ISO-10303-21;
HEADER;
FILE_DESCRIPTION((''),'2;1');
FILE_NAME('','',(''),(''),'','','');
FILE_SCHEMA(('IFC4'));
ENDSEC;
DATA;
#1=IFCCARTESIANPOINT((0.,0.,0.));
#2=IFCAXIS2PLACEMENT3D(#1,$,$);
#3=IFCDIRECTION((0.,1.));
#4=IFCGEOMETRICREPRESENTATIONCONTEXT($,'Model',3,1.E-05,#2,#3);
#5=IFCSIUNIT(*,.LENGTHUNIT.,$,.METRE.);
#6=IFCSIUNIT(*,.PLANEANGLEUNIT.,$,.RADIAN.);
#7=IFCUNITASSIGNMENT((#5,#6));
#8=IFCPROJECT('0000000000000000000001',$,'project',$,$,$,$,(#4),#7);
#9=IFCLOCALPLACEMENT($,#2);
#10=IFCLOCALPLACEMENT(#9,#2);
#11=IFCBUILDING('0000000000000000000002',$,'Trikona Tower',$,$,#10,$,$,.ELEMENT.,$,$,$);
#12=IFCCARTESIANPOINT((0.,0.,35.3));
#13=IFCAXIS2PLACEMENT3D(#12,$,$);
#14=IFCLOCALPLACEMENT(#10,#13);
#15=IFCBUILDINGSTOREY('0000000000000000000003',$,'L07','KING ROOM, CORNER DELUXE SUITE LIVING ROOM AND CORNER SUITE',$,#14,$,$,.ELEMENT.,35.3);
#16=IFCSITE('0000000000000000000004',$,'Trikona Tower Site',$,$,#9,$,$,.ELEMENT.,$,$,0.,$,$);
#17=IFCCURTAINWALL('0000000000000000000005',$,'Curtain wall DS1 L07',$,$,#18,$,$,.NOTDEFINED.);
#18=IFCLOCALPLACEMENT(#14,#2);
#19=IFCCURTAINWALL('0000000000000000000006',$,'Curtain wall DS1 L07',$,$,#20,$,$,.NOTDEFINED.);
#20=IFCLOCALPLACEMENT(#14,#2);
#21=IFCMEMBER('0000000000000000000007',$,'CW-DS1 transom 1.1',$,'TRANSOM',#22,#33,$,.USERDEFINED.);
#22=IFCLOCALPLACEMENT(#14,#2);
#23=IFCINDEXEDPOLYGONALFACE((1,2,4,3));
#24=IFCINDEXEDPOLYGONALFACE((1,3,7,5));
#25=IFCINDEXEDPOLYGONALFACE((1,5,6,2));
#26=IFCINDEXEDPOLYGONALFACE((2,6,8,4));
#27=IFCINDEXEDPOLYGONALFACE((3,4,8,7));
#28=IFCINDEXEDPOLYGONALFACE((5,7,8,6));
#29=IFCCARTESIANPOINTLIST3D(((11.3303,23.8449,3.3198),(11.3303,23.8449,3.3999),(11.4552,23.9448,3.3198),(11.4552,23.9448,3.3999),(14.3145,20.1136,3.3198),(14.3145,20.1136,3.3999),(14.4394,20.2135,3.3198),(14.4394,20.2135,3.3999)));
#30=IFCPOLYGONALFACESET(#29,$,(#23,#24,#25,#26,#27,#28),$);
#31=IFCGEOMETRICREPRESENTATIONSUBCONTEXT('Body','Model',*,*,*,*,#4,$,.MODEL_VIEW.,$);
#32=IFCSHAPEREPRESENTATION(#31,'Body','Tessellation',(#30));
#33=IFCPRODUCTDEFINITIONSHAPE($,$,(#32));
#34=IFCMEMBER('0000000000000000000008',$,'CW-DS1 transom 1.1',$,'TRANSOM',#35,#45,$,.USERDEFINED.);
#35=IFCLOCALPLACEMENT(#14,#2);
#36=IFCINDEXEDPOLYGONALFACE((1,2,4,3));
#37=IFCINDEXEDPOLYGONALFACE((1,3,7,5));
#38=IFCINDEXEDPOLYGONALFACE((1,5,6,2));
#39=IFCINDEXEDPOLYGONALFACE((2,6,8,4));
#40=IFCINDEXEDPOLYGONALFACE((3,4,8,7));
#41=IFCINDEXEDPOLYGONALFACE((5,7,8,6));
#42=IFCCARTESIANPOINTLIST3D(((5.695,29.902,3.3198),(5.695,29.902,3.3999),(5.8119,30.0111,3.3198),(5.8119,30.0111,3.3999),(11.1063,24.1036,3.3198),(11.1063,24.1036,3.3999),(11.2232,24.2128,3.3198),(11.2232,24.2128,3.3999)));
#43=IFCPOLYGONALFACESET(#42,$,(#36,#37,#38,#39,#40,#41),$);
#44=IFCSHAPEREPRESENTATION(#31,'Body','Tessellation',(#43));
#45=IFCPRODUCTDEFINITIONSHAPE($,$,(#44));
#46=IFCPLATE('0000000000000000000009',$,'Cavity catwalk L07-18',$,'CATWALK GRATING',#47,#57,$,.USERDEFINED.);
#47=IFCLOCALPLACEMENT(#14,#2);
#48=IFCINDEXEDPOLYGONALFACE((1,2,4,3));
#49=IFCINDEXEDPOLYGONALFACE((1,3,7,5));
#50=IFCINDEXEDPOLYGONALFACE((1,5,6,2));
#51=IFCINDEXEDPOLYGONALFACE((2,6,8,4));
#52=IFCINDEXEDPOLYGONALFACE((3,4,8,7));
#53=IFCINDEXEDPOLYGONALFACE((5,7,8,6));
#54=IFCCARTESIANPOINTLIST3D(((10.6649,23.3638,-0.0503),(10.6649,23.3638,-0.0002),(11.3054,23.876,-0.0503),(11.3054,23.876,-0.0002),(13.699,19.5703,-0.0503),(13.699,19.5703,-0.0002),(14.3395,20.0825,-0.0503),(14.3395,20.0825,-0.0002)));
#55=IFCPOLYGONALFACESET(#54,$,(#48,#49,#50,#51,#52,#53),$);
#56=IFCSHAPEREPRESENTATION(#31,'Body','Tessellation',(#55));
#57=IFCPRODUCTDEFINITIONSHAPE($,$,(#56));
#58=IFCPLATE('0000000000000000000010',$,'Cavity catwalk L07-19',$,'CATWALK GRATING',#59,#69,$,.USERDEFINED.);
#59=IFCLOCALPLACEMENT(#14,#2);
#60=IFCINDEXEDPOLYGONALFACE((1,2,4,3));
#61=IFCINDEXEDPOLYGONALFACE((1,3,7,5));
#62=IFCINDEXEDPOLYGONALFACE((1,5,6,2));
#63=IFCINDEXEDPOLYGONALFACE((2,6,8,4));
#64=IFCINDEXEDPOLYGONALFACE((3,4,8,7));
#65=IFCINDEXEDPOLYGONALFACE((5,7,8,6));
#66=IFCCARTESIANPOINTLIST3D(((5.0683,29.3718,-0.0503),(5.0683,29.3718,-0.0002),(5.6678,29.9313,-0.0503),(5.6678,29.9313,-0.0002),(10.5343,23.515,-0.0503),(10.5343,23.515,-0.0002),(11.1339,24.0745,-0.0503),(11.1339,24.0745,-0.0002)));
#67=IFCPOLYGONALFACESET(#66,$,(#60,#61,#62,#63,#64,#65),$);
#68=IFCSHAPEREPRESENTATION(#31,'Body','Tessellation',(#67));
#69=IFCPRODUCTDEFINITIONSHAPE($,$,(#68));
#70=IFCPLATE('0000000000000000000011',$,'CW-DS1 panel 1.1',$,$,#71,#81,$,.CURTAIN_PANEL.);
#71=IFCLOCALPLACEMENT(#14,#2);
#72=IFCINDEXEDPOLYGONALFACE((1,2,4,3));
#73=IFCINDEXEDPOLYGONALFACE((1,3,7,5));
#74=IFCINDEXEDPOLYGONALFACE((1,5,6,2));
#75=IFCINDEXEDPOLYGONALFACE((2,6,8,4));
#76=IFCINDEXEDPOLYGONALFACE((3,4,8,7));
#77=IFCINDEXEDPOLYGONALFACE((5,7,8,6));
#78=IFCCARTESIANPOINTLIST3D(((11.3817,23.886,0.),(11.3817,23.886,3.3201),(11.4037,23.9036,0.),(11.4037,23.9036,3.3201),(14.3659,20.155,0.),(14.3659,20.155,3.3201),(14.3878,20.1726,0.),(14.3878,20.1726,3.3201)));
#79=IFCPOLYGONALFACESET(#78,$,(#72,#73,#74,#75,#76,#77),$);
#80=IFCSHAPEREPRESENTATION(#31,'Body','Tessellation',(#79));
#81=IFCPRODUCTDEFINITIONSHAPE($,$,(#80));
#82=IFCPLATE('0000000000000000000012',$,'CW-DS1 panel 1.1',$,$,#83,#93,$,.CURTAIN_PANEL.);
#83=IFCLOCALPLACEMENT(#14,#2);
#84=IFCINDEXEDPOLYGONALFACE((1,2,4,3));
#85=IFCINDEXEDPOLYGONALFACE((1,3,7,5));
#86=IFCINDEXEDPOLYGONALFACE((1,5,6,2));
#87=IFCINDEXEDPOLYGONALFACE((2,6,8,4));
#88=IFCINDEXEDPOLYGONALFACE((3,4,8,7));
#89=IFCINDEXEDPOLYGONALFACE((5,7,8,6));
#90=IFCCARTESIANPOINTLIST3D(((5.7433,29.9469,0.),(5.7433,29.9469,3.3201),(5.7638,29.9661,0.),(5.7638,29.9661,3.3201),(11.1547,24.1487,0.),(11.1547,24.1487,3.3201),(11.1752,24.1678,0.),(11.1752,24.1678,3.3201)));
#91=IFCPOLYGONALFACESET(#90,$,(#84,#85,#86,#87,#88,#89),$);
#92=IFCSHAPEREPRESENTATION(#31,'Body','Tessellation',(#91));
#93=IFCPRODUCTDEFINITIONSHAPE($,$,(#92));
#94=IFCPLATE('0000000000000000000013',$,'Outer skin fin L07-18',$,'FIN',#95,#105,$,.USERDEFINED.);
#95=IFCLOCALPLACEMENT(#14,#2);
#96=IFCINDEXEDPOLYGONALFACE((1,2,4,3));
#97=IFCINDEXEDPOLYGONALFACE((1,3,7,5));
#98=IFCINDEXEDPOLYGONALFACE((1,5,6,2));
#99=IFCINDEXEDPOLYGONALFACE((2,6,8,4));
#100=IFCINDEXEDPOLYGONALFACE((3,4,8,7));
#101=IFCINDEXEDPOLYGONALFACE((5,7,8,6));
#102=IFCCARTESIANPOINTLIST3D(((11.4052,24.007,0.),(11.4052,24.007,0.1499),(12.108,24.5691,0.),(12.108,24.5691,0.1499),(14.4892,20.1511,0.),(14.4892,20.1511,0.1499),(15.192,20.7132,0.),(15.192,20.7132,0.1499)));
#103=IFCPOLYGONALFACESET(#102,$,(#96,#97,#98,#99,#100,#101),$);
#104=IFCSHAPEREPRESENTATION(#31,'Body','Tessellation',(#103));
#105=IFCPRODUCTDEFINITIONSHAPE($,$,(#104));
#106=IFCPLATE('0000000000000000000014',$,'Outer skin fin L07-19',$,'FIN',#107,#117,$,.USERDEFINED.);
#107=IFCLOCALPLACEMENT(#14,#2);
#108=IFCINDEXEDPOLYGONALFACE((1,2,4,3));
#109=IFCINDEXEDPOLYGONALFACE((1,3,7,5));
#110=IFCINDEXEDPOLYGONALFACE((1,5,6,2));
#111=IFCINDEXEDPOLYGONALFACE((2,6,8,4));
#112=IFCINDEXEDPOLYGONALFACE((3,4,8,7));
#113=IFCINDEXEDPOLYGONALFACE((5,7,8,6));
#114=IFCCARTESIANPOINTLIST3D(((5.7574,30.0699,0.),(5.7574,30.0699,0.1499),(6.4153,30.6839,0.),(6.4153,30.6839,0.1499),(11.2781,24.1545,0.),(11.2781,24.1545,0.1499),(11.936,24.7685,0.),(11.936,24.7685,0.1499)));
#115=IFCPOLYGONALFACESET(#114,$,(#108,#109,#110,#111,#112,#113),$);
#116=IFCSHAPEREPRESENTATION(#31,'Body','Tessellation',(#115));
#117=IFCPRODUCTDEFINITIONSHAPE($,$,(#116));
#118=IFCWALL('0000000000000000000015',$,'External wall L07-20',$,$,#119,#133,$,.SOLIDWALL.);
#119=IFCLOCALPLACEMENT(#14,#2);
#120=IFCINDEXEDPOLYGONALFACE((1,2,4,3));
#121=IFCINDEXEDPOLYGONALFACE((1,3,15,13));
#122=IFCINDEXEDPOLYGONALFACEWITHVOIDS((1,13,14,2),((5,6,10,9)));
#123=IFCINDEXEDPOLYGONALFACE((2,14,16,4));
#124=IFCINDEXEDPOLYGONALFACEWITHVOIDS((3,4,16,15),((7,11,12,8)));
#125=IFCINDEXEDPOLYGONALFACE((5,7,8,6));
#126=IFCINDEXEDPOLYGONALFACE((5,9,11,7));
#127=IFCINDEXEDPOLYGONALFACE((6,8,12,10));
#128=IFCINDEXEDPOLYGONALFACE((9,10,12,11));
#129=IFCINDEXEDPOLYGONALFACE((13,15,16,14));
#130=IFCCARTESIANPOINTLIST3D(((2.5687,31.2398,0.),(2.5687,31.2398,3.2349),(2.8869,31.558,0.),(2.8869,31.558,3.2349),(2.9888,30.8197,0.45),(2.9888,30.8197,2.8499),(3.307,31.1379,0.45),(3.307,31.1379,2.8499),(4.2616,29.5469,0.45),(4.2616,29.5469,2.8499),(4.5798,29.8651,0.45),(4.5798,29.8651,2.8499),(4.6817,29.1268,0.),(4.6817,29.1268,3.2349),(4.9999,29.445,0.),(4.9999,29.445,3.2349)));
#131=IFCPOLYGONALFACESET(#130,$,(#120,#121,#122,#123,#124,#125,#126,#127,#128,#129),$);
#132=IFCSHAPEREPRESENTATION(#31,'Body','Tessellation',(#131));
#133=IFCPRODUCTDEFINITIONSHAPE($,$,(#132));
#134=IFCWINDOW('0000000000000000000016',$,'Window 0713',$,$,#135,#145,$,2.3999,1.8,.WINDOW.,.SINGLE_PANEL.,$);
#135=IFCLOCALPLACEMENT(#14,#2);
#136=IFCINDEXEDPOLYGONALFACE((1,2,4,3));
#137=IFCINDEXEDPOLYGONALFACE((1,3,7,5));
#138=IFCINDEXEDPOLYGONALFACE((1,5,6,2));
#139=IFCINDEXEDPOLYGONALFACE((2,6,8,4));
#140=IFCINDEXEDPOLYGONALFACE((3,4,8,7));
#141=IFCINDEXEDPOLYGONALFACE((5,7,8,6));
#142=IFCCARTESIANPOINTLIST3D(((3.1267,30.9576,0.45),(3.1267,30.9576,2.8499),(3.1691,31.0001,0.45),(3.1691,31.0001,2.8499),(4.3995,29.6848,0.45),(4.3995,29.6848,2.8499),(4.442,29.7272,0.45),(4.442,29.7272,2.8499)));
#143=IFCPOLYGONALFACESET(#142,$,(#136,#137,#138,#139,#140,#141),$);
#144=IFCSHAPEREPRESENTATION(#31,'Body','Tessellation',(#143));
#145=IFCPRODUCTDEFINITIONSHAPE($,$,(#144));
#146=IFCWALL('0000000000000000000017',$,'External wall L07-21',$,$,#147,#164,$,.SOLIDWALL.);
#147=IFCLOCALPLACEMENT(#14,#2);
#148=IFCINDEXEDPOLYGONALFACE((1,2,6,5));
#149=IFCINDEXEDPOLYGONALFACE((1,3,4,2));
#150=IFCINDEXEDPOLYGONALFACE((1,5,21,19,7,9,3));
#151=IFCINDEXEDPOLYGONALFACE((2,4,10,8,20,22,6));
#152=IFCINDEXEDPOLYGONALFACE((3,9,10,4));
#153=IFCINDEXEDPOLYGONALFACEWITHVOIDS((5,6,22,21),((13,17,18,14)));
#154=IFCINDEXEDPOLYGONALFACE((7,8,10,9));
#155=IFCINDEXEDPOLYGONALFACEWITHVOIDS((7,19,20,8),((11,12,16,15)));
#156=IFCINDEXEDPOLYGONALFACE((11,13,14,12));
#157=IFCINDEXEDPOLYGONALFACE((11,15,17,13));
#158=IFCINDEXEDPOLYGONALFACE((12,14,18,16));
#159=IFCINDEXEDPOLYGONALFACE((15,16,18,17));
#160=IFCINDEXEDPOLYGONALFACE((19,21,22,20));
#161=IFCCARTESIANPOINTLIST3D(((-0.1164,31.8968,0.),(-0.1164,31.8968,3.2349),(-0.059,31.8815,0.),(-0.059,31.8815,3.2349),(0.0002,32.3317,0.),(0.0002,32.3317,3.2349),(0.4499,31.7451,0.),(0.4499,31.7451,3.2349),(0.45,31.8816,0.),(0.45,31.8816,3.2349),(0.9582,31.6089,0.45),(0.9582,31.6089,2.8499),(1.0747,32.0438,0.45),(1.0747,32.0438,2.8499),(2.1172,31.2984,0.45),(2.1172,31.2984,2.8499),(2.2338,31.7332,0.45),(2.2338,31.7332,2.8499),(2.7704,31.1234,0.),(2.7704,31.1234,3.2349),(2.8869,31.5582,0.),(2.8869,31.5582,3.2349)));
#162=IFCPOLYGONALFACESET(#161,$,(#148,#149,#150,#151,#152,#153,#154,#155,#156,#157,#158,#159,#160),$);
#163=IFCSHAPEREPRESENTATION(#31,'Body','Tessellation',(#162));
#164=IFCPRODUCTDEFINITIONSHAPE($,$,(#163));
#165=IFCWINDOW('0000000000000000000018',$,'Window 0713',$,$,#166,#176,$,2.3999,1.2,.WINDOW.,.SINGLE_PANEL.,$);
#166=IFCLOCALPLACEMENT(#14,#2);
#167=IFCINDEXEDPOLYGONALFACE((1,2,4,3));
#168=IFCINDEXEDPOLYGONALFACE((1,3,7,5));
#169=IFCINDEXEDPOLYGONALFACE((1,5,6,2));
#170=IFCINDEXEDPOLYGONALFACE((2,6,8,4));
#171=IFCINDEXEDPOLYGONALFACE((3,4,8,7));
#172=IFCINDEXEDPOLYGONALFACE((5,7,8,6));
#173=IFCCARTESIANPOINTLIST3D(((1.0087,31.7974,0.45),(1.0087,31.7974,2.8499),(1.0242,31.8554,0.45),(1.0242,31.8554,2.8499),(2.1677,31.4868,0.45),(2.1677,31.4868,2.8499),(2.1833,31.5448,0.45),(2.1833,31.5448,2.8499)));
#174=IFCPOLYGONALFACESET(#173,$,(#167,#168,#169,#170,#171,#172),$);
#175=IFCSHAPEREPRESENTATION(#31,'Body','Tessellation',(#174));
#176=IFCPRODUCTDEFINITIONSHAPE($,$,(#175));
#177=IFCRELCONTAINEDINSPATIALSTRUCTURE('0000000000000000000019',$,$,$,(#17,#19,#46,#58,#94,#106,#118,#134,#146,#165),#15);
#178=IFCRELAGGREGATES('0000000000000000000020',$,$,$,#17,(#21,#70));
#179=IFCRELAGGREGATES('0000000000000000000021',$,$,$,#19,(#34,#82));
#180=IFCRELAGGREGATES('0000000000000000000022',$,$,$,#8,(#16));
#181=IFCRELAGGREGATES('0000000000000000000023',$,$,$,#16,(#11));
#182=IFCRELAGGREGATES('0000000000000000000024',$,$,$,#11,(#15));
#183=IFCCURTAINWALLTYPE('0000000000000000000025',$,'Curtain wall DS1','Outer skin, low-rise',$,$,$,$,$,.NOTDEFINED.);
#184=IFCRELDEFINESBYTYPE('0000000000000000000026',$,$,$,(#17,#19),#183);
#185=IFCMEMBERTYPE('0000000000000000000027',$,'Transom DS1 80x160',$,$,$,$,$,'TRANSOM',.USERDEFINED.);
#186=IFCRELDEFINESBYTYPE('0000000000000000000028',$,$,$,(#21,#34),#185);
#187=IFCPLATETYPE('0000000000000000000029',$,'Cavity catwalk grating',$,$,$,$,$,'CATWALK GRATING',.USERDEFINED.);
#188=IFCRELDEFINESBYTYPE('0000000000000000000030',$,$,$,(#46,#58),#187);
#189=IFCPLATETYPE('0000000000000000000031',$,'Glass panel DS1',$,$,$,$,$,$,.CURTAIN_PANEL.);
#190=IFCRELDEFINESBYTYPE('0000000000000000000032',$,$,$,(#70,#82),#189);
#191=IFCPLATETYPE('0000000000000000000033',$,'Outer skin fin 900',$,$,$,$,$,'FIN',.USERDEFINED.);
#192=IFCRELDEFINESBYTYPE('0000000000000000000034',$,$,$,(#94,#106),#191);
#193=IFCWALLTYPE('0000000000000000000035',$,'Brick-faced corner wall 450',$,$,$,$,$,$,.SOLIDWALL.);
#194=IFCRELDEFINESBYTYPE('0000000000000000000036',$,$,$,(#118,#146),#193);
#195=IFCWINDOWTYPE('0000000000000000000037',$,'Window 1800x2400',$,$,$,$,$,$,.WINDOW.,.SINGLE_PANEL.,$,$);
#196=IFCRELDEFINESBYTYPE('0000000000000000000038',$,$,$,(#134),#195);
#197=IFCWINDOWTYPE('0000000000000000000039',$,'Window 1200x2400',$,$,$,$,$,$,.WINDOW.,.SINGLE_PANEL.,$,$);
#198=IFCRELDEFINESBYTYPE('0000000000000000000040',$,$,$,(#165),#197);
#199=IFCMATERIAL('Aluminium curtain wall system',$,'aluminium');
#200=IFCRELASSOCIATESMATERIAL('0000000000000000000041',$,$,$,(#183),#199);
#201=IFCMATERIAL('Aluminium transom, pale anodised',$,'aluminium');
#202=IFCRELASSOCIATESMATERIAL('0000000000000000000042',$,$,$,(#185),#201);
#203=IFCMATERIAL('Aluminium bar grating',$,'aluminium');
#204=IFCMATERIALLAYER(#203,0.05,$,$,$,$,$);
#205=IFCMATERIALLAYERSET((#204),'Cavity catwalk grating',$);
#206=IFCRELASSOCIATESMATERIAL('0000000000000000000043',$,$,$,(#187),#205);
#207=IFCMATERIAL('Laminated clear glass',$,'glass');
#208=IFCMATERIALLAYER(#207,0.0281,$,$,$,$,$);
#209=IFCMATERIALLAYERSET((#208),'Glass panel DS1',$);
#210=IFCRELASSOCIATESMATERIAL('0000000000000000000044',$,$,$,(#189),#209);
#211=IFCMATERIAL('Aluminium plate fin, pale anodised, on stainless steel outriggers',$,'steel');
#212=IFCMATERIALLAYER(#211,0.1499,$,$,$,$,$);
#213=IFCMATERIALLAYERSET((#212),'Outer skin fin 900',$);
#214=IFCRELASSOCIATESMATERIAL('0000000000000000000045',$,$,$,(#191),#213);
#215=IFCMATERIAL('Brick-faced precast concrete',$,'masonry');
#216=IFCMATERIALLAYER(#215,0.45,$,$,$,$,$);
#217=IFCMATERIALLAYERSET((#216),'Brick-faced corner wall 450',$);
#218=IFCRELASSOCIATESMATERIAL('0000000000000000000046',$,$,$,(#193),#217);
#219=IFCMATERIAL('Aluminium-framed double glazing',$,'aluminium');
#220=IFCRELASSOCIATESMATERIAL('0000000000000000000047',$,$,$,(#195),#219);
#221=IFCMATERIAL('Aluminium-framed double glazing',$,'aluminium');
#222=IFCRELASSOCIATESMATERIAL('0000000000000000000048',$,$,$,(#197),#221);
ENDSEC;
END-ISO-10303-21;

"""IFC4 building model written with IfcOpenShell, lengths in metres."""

from ifc_helpers import new_model, si_unit, direction, frame, frame_2d, origin, origin_2d, place, context, subcontext, project, spatial, polyline, rectangle, outline, extrude, material, layer, layer_set, material_profile, profile_set, type_object, element, fill, aggregate, save


model = new_model("IFC4")

# Units and contexts
model_context = context("Model", 3, precision=1e-05, world=origin(), true_north=direction((0.0, 1.0)))
body_context = subcontext(model_context, "Body", "Model", "MODEL_VIEW")
ifc_project = project(units=[si_unit("LENGTHUNIT", "METRE"), si_unit("PLANEANGLEUNIT", "RADIAN")], contexts=[model_context])

# Site, building, storey
site_placement = place(None, origin())
site = spatial("IfcSite", under=ifc_project, at=site_placement, Name="Trikona Tower Site", CompositionType="ELEMENT", RefElevation=0.0)
building_placement = place(site_placement, origin())
building = spatial("IfcBuilding", under=site, at=building_placement, Name="Trikona Tower", CompositionType="ELEMENT")
storey_placement = place(building_placement, frame((0.0, 0.0, 35.3)))
storey = spatial("IfcBuildingStorey", under=building, at=storey_placement, Name="L07", Description="KING ROOM, CORNER DELUXE SUITE LIVING ROOM AND CORNER SUITE", CompositionType="ELEMENT", Elevation=35.3)

# Shared definitions
ifc_material_1 = material(Name="Aluminium curtain wall system", Category="aluminium")
curtain_wall_type = type_object("IfcCurtainWallType", Name="Curtain wall DS1", Description="Outer skin, low-rise", PredefinedType="NOTDEFINED", material=ifc_material_1)

# Curtain walls
curtain_wall_1_placement = place(storey_placement, origin())
curtain_wall_1 = element("IfcCurtainWall", 1, at=curtain_wall_1_placement, inside=storey, type_object=curtain_wall_type, Name="Curtain wall DS1 L07", PredefinedType="NOTDEFINED")
curtain_wall_2_placement = place(storey_placement, origin())
curtain_wall_2 = element("IfcCurtainWall", 2, at=curtain_wall_2_placement, inside=storey, type_object=curtain_wall_type, Name="Curtain wall DS1 L07", PredefinedType="NOTDEFINED")

# Members
ifc_material_2 = material(Name="Aluminium transom, pale anodised", Category="aluminium")
ifc_material_profile_1 = material_profile(ifc_material_2, rectangle(XDim=0.1599, YDim=0.0801, at=origin_2d()), Name="TRN-DS1")
ifc_profile_set_1 = profile_set([ifc_material_profile_1], Name="Aluminium transom, pale anodised")
member_type_1 = type_object("IfcMemberType", Name="Transom DS1 80x160", ElementType="TRANSOM", PredefinedType="USERDEFINED", material=ifc_profile_set_1)
member_1_placement = place(storey_placement, frame((14.377, 20.1636, 3.3599), z_axis=(-0.624589, 0.780954, 0.0), x_axis=(-0.780954, -0.624589, 0.0)))
member_1 = element("IfcMember", 3, at=member_1_placement, type_object=member_type_1, Name="CW-DS1 transom 1.1", ObjectType="TRANSOM", PredefinedType="USERDEFINED", context=body_context, shape_type="SweptSolid", body=[
    extrude(rectangle(XDim=0.1599, YDim=0.0801, at=origin_2d()), origin(), (0.0, 0.0, 1.0), 4.7778),
])
member_2_placement = place(storey_placement, frame((11.1648, 24.1582, 3.3599), z_axis=(-0.682291, 0.731081, 0.0), x_axis=(-0.731081, -0.682291, 0.0)))
member_2 = element("IfcMember", 4, at=member_2_placement, type_object=member_type_1, Name="CW-DS1 transom 1.1", ObjectType="TRANSOM", PredefinedType="USERDEFINED", context=body_context, shape_type="SweptSolid", body=[
    extrude(rectangle(XDim=0.1599, YDim=0.0801, at=origin_2d()), origin(), (0.0, 0.0, 1.0), 7.9312),
])

# Plates
ifc_material_3 = material(Name="Aluminium bar grating", Category="aluminium")
ifc_layer_1 = layer(ifc_material_3, 0.05)
ifc_layer_set_1 = layer_set([ifc_layer_1], Name="Cavity catwalk grating")
plate_type_1 = type_object("IfcPlateType", Name="Cavity catwalk grating", ElementType="CATWALK GRATING", PredefinedType="USERDEFINED", material=ifc_layer_set_1)
plate_1_placement = place(storey_placement, frame((12.5022, 21.7231, -0.0503), z_axis=(0.0, 0.0, 1.0), x_axis=(-0.624604, 0.780942, 0.0)))
element("IfcPlate", 5, at=plate_1_placement, inside=storey, type_object=plate_type_1, Name="Cavity catwalk L07-18", ObjectType="CATWALK GRATING", PredefinedType="USERDEFINED", context=body_context, shape_type="SweptSolid", body=[
    extrude(rectangle(XDim=4.8577, YDim=0.8201, at=origin_2d()), origin(), (0.0, 0.0, 1.0), 0.05),
])
plate_2_placement = place(storey_placement, frame((8.1011, 26.7231, -0.0503), z_axis=(0.0, 0.0, 1.0), x_axis=(-0.682298, 0.731074, 0.0)))
element("IfcPlate", 6, at=plate_2_placement, inside=storey, type_object=plate_type_1, Name="Cavity catwalk L07-19", ObjectType="CATWALK GRATING", PredefinedType="USERDEFINED", context=body_context, shape_type="SweptSolid", body=[
    extrude(rectangle(XDim=8.0112, YDim=0.8201, at=origin_2d()), origin(), (0.0, 0.0, 1.0), 0.05),
])

# Plates
ifc_material_4 = material(Name="Laminated clear glass", Category="glass")
ifc_layer_2 = layer(ifc_material_4, 0.0281)
ifc_layer_set_2 = layer_set([ifc_layer_2], Name="Glass panel DS1")
plate_type_2 = type_object("IfcPlateType", Name="Glass panel DS1", PredefinedType="CURTAIN_PANEL", material=ifc_layer_set_2)
plate_3_placement = place(storey_placement, frame((12.8848, 22.0293, 0.0), z_axis=(0.0, 0.0, 1.0), x_axis=(-0.624609, 0.780938, 0.0)))
plate_3 = element("IfcPlate", 7, at=plate_3_placement, type_object=plate_type_2, Name="CW-DS1 panel 1.1", PredefinedType="CURTAIN_PANEL", context=body_context, shape_type="SweptSolid", body=[
    extrude(rectangle(XDim=4.7776, YDim=0.0281, at=origin_2d()), origin(), (0.0, 0.0, 1.0), 3.3201),
])
aggregate(curtain_wall_1, [member_1, plate_3])
plate_4_placement = place(storey_placement, frame((8.4592, 27.0574, 0.0), z_axis=(0.0, 0.0, 1.0), x_axis=(-0.682295, 0.731077, 0.0)))
plate_4 = element("IfcPlate", 8, at=plate_4_placement, type_object=plate_type_2, Name="CW-DS1 panel 1.1", PredefinedType="CURTAIN_PANEL", context=body_context, shape_type="SweptSolid", body=[
    extrude(rectangle(XDim=7.9312, YDim=0.0281, at=origin_2d()), origin(), (0.0, 0.0, 1.0), 3.3201),
])
aggregate(curtain_wall_2, [member_2, plate_4])

# Plates
ifc_material_5 = material(Name="Aluminium plate fin, pale anodised, on stainless steel outriggers", Category="steel")
ifc_layer_3 = layer(ifc_material_5, 0.1499)
ifc_layer_set_3 = layer_set([ifc_layer_3], Name="Outer skin fin 900")
plate_type_3 = type_object("IfcPlateType", Name="Outer skin fin 900", ElementType="FIN", PredefinedType="USERDEFINED", material=ifc_layer_set_3)
plate_5_placement = place(storey_placement, frame((13.2986, 22.3601, 0.0), z_axis=(0.0, 0.0, 1.0), x_axis=(-0.624604, 0.780942, 0.0)))
element("IfcPlate", 9, at=plate_5_placement, inside=storey, type_object=plate_type_3, Name="Outer skin fin L07-18", ObjectType="FIN", PredefinedType="USERDEFINED", context=body_context, shape_type="SweptSolid", body=[
    extrude(rectangle(XDim=4.9375, YDim=0.8999, at=origin_2d()), origin(), (0.0, 0.0, 1.0), 0.1499),
])
plate_6_placement = place(storey_placement, frame((8.8467, 27.4192, 0.0), z_axis=(0.0, 0.0, 1.0), x_axis=(-0.682298, 0.731074, 0.0)))
element("IfcPlate", 10, at=plate_6_placement, inside=storey, type_object=plate_type_3, Name="Outer skin fin L07-19", ObjectType="FIN", PredefinedType="USERDEFINED", context=body_context, shape_type="SweptSolid", body=[
    extrude(rectangle(XDim=8.0913, YDim=0.8999, at=origin_2d()), origin(), (0.0, 0.0, 1.0), 0.1499),
])

# Walls, openings, windows
ifc_material_6 = material(Name="Brick-faced precast concrete", Category="masonry")
ifc_layer_4 = layer(ifc_material_6, 0.45)
ifc_layer_set_4 = layer_set([ifc_layer_4], Name="Brick-faced corner wall 450")
wall_type_1 = type_object("IfcWallType", Name="Brick-faced corner wall 450", PredefinedType="SOLIDWALL", material=ifc_layer_set_4)
wall_1_placement = place(storey_placement, frame((4.8408, 29.2859, 0.0), z_axis=(0.0, 0.0, 1.0), x_axis=(-0.707107, 0.707107, 0.0)))
wall_1 = element("IfcWall", 11, at=wall_1_placement, inside=storey, type_object=wall_type_1, Name="External wall L07-20", PredefinedType="SOLIDWALL", context=body_context, shape_type="SweptSolid", body=[
    extrude(rectangle(XDim=2.9883, YDim=0.45, at=frame_2d((1.4941, 0.0))), origin(), (0.0, 0.0, 1.0), 3.2349),
])
opening_1_placement = place(wall_1_placement, frame((0.5942, 0.0, 0.45)))
opening_1 = element("IfcOpeningElement", 12, at=opening_1_placement, cuts=wall_1, PredefinedType="OPENING", context=body_context, shape_type="SweptSolid", body=[
    extrude(rectangle(XDim=1.8, YDim=2.3999, at=frame_2d((0.8999, 1.2))), frame((0.0, 0.2349, 0.0), z_axis=(0.0, -1.0, 0.0), x_axis=(1.0, 0.0, 0.0)), (0.0, 0.0, 1.0), 0.47),
])
ifc_material_7 = material(Name="Aluminium-framed double glazing", Category="aluminium")
window_type_1 = type_object("IfcWindowType", Name="Window 1800x2400", PartitioningType="SINGLE_PANEL", PredefinedType="WINDOW", material=ifc_material_7)
window_1_placement = place(opening_1_placement, origin())
window_1 = element("IfcWindow", 13, at=window_1_placement, inside=storey, type_object=window_type_1, Name="Window 0713", OverallHeight=2.3999, OverallWidth=1.8, PartitioningType="SINGLE_PANEL", PredefinedType="WINDOW", context=body_context, shape_type="SweptSolid", body=[
    extrude(rectangle(XDim=1.8, YDim=2.3999, at=frame_2d((0.8999, 1.2))), frame((0.0, 0.03, 0.0), z_axis=(0.0, -1.0, 0.0), x_axis=(1.0, 0.0, 0.0)), (0.0, 0.0, 1.0), 0.0601),
])
fill(opening_1, window_1)
wall_2_placement = place(storey_placement, frame((2.8286, 31.3408, 0.0), z_axis=(0.0, 0.0, 1.0), x_axis=(-0.965931, 0.258801, 0.0)))
wall_2 = element("IfcWall", 14, at=wall_2_placement, inside=storey, type_object=wall_type_1, Name="External wall L07-21", PredefinedType="SOLIDWALL", context=body_context, shape_type="SweptSolid", body=[
    extrude(outline(polyline([(2.9885, 0.2251), (2.9292, 0.2251), (2.4375, 0.0933), (2.4023, 0.2251), (0.0, 0.2251), (0.0, -0.2251), (2.9885, -0.2251), (2.9885, 0.2251)])), origin(), (0.0, 0.0, 1.0), 3.2349),
])
opening_2_placement = place(wall_2_placement, frame((0.676, 0.0, 0.45)))
opening_2 = element("IfcOpeningElement", 15, at=opening_2_placement, cuts=wall_2, PredefinedType="OPENING", context=body_context, shape_type="SweptSolid", body=[
    extrude(rectangle(XDim=1.2, YDim=2.3999, at=frame_2d((0.6001, 1.2))), frame((0.0, 0.2349, 0.0), z_axis=(0.0, -1.0, 0.0), x_axis=(1.0, 0.0, 0.0)), (0.0, 0.0, 1.0), 0.47),
])
ifc_material_8 = material(Name="Aluminium-framed double glazing", Category="aluminium")
window_type_2 = type_object("IfcWindowType", Name="Window 1200x2400", PartitioningType="SINGLE_PANEL", PredefinedType="WINDOW", material=ifc_material_8)
window_2_placement = place(opening_2_placement, origin())
window_2 = element("IfcWindow", 16, at=window_2_placement, inside=storey, type_object=window_type_2, Name="Window 0713", OverallHeight=2.3999, OverallWidth=1.2, PartitioningType="SINGLE_PANEL", PredefinedType="WINDOW", context=body_context, shape_type="SweptSolid", body=[
    extrude(rectangle(XDim=1.2, YDim=2.3999, at=frame_2d((0.6001, 1.2))), frame((0.0, 0.03, 0.0), z_axis=(0.0, -1.0, 0.0), x_axis=(1.0, 0.0, 0.0)), (0.0, 0.0, 1.0), 0.0601),
])
fill(opening_2, window_2)

save(model, "model.ifc")
